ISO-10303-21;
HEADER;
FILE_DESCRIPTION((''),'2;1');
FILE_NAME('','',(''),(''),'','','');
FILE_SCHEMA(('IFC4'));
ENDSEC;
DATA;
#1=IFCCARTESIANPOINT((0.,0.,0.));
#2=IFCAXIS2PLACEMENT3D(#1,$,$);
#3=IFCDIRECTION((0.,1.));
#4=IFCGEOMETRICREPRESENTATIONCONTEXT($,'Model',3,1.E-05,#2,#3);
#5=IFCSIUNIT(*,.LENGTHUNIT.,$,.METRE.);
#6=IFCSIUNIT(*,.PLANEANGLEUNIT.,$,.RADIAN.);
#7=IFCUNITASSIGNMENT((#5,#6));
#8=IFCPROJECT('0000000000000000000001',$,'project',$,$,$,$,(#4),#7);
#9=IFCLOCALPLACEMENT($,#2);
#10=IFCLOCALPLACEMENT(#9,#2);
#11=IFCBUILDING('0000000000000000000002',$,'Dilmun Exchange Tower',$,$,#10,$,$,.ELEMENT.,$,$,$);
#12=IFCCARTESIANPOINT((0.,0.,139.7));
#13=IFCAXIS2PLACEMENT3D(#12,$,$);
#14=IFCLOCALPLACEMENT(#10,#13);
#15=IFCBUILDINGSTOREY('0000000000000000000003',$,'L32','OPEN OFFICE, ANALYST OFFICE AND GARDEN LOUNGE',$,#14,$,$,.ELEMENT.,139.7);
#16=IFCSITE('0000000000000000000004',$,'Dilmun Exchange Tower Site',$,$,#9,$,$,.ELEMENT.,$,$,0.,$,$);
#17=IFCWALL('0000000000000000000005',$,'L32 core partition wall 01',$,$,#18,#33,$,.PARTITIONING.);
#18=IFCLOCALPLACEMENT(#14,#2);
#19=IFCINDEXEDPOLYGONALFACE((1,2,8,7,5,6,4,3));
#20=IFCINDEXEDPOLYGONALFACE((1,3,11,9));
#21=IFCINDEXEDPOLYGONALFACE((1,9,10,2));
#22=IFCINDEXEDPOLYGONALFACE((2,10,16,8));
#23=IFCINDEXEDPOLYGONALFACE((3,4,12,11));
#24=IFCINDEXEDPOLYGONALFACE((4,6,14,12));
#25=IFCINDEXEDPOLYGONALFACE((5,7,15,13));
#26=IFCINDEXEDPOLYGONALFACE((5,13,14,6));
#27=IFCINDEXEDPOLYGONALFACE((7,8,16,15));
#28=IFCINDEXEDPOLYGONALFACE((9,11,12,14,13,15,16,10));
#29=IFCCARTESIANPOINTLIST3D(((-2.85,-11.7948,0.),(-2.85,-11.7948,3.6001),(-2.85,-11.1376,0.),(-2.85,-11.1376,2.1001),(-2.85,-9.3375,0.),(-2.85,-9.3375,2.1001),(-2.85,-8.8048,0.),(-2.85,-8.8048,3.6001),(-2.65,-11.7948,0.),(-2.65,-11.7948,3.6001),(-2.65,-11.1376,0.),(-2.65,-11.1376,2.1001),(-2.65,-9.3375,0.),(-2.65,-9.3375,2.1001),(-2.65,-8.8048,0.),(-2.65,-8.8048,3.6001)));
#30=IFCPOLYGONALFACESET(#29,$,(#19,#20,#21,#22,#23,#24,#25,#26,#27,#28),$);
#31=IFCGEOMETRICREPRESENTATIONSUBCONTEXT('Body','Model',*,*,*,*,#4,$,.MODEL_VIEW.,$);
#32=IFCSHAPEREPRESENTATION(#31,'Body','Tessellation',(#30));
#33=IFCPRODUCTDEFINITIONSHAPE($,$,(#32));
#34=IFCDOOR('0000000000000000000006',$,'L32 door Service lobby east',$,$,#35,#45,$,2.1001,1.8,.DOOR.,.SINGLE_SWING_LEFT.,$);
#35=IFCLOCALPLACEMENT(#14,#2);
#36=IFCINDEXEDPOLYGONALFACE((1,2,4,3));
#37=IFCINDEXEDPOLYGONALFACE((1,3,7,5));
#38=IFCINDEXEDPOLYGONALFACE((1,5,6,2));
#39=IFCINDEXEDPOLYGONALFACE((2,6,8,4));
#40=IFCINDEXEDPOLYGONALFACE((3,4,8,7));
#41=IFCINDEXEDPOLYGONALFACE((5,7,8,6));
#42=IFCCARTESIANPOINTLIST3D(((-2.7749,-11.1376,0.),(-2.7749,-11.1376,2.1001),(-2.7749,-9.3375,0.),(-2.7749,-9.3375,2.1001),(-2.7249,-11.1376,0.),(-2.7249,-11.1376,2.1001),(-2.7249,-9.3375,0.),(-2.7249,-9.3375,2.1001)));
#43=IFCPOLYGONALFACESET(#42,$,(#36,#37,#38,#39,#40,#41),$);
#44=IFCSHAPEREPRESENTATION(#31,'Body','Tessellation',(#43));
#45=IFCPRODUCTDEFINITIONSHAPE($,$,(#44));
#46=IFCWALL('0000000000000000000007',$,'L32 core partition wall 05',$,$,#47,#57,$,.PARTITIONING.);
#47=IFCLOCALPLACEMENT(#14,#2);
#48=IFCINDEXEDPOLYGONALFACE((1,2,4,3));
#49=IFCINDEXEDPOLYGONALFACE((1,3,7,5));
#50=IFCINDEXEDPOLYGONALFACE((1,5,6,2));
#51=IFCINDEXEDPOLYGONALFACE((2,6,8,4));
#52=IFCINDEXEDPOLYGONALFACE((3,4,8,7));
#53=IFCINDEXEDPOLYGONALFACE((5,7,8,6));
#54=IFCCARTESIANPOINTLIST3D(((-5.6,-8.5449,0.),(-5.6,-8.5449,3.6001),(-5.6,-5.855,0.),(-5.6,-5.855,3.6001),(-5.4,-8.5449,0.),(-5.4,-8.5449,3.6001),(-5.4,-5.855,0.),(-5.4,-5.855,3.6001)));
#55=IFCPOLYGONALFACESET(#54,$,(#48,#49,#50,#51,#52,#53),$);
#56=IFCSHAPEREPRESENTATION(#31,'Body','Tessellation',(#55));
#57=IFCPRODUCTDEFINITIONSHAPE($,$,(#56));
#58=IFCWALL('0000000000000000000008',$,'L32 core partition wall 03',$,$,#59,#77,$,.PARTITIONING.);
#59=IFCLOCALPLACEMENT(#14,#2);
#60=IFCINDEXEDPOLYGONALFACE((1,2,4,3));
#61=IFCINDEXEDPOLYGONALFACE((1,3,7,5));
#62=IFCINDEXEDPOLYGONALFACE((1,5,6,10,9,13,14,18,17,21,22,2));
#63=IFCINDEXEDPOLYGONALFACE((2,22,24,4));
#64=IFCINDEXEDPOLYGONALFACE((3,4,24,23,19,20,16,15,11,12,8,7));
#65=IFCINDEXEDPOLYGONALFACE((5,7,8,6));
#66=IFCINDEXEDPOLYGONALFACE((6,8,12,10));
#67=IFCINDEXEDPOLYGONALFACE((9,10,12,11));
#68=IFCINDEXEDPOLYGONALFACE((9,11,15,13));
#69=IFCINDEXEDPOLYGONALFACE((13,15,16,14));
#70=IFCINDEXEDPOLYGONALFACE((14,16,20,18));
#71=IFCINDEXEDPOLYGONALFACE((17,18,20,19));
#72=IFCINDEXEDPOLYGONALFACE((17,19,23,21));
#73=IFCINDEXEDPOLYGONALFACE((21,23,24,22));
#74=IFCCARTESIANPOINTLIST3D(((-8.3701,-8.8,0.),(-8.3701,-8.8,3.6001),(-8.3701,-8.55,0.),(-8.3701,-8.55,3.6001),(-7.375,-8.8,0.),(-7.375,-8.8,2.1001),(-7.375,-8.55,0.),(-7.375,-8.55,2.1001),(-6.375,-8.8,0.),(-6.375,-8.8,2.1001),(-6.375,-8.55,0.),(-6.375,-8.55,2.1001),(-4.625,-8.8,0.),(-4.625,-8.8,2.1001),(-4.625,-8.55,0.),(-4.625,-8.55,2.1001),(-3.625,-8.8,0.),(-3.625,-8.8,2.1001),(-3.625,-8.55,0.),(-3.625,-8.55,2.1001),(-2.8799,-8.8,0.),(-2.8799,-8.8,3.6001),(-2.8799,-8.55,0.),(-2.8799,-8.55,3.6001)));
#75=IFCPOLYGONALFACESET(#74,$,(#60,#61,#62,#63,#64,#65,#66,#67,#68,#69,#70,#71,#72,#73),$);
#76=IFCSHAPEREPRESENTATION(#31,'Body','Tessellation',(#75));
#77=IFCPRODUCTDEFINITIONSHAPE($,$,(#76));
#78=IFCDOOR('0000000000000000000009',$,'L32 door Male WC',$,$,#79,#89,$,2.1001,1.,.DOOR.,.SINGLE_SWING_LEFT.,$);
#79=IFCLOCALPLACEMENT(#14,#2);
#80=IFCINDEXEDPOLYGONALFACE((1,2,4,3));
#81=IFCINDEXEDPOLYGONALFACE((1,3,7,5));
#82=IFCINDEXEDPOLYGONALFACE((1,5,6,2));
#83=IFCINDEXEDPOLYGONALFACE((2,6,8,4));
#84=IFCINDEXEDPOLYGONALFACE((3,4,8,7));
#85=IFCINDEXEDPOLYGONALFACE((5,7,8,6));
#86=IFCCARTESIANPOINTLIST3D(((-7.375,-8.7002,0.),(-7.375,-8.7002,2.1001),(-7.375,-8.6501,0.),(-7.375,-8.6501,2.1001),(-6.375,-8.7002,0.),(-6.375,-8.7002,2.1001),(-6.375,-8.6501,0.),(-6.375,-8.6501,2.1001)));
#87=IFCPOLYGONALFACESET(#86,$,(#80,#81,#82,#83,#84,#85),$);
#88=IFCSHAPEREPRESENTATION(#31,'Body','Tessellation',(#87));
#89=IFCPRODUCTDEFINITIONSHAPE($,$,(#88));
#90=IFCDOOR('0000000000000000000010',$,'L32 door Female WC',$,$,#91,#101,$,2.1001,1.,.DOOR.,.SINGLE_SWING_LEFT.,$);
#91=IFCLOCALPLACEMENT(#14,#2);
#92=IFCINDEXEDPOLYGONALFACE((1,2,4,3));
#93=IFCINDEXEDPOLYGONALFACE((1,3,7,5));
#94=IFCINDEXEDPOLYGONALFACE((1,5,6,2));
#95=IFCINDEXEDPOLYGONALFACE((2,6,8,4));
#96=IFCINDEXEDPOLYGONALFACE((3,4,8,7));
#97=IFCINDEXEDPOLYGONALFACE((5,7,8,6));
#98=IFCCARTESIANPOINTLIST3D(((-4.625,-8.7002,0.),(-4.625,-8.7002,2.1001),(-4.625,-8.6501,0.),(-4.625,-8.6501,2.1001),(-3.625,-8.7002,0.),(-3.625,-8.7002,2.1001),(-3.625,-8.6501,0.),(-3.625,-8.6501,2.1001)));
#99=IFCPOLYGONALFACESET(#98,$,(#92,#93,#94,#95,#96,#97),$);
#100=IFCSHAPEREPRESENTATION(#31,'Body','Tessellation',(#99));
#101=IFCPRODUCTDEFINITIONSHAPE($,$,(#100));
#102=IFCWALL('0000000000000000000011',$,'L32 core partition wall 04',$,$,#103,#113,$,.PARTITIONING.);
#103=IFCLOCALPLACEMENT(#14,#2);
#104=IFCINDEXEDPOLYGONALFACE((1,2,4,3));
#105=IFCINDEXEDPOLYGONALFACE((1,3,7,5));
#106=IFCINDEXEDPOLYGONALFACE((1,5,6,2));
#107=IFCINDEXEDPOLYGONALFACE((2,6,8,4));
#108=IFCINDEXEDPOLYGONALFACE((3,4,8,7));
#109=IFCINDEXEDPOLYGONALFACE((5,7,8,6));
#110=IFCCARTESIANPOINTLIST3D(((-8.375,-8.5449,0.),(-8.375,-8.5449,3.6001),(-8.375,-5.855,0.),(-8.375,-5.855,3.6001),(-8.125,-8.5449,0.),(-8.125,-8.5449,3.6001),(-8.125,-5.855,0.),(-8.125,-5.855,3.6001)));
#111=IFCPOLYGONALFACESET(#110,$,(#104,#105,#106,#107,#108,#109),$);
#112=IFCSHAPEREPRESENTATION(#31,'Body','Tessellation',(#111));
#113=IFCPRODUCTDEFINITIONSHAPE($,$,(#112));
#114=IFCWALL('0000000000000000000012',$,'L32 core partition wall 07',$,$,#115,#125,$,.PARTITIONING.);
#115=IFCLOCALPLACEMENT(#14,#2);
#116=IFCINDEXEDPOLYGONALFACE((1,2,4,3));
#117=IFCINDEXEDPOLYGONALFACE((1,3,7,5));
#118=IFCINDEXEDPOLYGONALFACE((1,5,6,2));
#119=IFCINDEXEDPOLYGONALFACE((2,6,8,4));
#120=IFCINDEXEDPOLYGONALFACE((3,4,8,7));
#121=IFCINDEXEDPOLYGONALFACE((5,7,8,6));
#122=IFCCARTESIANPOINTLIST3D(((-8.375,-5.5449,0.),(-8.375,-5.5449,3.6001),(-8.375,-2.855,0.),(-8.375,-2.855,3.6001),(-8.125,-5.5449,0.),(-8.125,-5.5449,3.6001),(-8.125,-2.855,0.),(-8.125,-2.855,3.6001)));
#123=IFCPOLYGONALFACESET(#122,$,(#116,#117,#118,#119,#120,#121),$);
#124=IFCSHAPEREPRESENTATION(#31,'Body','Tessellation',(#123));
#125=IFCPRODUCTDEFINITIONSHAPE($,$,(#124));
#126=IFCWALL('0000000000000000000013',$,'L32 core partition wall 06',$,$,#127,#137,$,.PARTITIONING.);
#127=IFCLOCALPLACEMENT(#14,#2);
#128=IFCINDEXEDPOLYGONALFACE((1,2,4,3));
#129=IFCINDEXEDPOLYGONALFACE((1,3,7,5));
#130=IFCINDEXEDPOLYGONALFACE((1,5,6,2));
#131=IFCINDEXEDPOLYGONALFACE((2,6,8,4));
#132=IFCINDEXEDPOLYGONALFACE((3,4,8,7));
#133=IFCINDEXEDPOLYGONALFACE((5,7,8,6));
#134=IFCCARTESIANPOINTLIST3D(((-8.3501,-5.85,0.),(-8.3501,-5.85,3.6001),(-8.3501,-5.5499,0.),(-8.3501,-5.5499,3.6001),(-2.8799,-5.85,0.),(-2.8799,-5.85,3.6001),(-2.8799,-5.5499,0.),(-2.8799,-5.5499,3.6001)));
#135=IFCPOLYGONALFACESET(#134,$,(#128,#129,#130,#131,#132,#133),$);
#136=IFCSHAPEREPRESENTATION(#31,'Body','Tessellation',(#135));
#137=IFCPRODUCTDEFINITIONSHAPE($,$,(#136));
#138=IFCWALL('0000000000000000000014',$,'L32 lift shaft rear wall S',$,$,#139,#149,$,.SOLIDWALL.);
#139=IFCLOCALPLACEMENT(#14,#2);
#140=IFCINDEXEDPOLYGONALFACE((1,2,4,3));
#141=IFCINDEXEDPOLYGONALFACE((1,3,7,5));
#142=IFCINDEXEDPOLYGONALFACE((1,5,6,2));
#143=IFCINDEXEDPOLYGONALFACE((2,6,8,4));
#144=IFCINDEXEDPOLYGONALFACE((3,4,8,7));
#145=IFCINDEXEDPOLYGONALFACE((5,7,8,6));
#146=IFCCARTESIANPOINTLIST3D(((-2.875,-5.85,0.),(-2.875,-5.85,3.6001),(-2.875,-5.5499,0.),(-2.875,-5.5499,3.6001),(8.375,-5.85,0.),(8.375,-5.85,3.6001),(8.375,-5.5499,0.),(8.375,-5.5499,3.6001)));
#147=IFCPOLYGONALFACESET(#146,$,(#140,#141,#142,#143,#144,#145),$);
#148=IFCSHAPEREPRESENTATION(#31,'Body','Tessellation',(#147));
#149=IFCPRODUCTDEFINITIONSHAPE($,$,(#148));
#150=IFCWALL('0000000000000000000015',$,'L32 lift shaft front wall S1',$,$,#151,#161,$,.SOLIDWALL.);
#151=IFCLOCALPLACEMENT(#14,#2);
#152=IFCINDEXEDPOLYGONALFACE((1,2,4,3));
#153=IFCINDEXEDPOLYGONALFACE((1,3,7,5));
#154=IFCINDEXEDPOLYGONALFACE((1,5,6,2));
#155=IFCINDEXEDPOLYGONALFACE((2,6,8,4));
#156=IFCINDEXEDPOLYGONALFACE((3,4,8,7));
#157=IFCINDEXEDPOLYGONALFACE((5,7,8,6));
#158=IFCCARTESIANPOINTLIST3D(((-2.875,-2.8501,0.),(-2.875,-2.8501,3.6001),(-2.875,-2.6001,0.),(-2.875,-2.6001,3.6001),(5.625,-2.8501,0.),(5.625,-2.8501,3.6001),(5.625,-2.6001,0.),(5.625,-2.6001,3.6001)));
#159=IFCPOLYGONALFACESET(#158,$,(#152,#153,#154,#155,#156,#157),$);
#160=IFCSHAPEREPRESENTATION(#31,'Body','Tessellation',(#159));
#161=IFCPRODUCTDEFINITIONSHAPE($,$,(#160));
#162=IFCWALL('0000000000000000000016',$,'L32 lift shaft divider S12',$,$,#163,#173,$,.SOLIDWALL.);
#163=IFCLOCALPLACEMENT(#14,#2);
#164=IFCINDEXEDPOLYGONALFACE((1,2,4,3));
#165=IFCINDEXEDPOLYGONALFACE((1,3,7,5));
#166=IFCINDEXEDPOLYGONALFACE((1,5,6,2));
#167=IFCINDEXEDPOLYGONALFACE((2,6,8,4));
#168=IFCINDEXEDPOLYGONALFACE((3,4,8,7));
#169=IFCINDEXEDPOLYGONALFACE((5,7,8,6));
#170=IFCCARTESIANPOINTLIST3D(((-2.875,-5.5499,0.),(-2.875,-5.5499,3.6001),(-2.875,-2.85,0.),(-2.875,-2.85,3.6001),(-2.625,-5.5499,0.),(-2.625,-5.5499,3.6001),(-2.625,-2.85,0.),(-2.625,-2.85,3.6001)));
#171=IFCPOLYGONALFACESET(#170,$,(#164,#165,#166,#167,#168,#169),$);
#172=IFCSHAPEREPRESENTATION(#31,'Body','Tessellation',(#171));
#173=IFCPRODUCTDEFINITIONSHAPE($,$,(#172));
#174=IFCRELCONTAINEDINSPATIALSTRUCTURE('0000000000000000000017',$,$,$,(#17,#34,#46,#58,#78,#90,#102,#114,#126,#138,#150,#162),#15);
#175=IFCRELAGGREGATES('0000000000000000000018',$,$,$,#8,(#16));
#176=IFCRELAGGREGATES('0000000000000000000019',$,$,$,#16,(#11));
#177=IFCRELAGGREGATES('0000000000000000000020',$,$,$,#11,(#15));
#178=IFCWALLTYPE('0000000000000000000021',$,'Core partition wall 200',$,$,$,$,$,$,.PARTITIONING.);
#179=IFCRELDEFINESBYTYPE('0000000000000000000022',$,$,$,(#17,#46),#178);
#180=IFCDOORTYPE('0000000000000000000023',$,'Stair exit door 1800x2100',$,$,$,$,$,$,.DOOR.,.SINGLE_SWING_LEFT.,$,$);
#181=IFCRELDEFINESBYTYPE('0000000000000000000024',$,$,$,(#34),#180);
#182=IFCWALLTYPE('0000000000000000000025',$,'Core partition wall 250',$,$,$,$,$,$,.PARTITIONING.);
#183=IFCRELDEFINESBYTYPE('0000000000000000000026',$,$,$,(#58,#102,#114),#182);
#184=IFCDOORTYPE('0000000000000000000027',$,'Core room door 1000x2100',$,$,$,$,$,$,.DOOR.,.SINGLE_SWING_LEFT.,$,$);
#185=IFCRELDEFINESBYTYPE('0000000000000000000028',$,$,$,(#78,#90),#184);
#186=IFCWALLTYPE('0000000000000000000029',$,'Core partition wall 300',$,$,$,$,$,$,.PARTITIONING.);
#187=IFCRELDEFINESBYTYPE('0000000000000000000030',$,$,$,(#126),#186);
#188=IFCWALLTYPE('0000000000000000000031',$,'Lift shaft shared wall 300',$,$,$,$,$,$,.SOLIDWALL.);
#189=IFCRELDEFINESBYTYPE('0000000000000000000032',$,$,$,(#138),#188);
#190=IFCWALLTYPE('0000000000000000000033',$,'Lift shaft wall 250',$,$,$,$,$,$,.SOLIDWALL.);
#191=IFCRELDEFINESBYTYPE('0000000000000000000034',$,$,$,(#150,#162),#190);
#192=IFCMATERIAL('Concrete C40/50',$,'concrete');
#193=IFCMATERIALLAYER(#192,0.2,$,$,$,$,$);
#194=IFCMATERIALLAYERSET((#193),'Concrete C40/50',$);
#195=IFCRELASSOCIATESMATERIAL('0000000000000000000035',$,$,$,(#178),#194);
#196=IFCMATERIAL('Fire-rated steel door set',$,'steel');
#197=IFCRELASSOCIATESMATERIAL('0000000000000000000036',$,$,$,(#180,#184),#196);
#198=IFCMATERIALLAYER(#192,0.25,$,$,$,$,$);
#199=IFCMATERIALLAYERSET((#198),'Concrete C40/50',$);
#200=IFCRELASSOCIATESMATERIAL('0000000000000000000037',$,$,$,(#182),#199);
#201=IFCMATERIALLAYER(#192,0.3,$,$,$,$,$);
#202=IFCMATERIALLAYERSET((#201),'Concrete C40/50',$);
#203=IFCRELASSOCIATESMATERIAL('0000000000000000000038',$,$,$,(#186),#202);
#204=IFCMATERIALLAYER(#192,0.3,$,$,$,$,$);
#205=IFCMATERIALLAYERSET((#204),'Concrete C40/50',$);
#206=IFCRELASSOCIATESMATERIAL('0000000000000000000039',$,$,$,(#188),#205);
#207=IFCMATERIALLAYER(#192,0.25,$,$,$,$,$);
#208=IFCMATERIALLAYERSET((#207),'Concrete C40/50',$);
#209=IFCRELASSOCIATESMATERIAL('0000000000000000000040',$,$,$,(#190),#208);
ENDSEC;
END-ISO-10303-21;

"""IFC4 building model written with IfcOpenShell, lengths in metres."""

from ifc_helpers import new_model, si_unit, direction, frame, frame_2d, origin, place, context, subcontext, project, spatial, rectangle, extrude, material, layer, layer_set, type_object, element, fill, save


model = new_model("IFC4")

# Units and contexts
model_context = context("Model", 3, precision=1e-05, world=origin(), true_north=direction((0.0, 1.0)))
body_context = subcontext(model_context, "Body", "Model", "MODEL_VIEW")
ifc_project = project(units=[si_unit("LENGTHUNIT", "METRE"), si_unit("PLANEANGLEUNIT", "RADIAN")], contexts=[model_context])

# Site, building, storey
site_placement = place(None, origin())
site = spatial("IfcSite", under=ifc_project, at=site_placement, Name="Dilmun Exchange Tower Site", CompositionType="ELEMENT", RefElevation=0.0)
building_placement = place(site_placement, origin())
building = spatial("IfcBuilding", under=site, at=building_placement, Name="Dilmun Exchange Tower", CompositionType="ELEMENT")
storey_placement = place(building_placement, frame((0.0, 0.0, 139.7)))
storey = spatial("IfcBuildingStorey", under=building, at=storey_placement, Name="L32", Description="OPEN OFFICE, ANALYST OFFICE AND GARDEN LOUNGE", CompositionType="ELEMENT", Elevation=139.7)

# Wall, opening, door
ifc_material_1 = material(Name="Concrete C40/50", Category="concrete")
ifc_layer_1 = layer(ifc_material_1, 0.2)
ifc_layer_set_1 = layer_set([ifc_layer_1], Name="Concrete C40/50")
wall_type_1 = type_object("IfcWallType", Name="Core partition wall 200", PredefinedType="PARTITIONING", material=ifc_layer_set_1)
wall_1_placement = place(storey_placement, frame((-2.75, -11.7949, 0.0), z_axis=(0.0, 0.0, 1.0), x_axis=(0.0, 1.0, 0.0)))
wall_1 = element("IfcWall", 1, at=wall_1_placement, inside=storey, type_object=wall_type_1, Name="L32 core partition wall 01", PredefinedType="PARTITIONING", context=body_context, shape_type="SweptSolid", body=[
    extrude(rectangle(XDim=2.99, YDim=0.2, at=frame_2d((1.4951, 0.0))), origin(), (0.0, 0.0, 1.0), 3.6001),
])
opening_1_placement = place(wall_1_placement, frame((0.6575, 0.0, 0.0)))
opening_1 = element("IfcOpeningElement", 2, at=opening_1_placement, cuts=wall_1, PredefinedType="OPENING", context=body_context, shape_type="SweptSolid", body=[
    extrude(rectangle(XDim=1.8, YDim=2.1001, at=frame_2d((0.8999, 1.05))), frame((0.0, 0.1099, 0.0), z_axis=(0.0, -1.0, 0.0), x_axis=(1.0, 0.0, 0.0)), (0.0, 0.0, 1.0), 0.22),
])
ifc_material_2 = material(Name="Fire-rated steel door set", Category="steel")
door_type_1 = type_object("IfcDoorType", Name="Stair exit door 1800x2100", OperationType="SINGLE_SWING_LEFT", PredefinedType="DOOR", material=ifc_material_2)
door_1_placement = place(opening_1_placement, origin())
door_1 = element("IfcDoor", 3, at=door_1_placement, inside=storey, type_object=door_type_1, Name="L32 door Service lobby east", OperationType="SINGLE_SWING_LEFT", OverallHeight=2.1001, OverallWidth=1.8, PredefinedType="DOOR", context=body_context, shape_type="SweptSolid", body=[
    extrude(rectangle(XDim=1.8, YDim=2.1001, at=frame_2d((0.8999, 1.05))), frame((0.0, 0.0249, 0.0), z_axis=(0.0, -1.0, 0.0), x_axis=(1.0, 0.0, 0.0)), (0.0, 0.0, 1.0), 0.05),
])
fill(opening_1, door_1)

# Wall
wall_2_placement = place(storey_placement, frame((-5.5, -8.5449, 0.0), z_axis=(0.0, 0.0, 1.0), x_axis=(0.0, 1.0, 0.0)))
element("IfcWall", 4, at=wall_2_placement, inside=storey, type_object=wall_type_1, Name="L32 core partition wall 05", PredefinedType="PARTITIONING", context=body_context, shape_type="SweptSolid", body=[
    extrude(rectangle(XDim=2.6899, YDim=0.2, at=frame_2d((1.345, 0.0))), origin(), (0.0, 0.0, 1.0), 3.6001),
])

# Wall, openings, doors
ifc_layer_2 = layer(ifc_material_1, 0.25)
ifc_layer_set_2 = layer_set([ifc_layer_2], Name="Concrete C40/50")
wall_type_2 = type_object("IfcWallType", Name="Core partition wall 250", PredefinedType="PARTITIONING", material=ifc_layer_set_2)
wall_3_placement = place(storey_placement, frame((-8.3701, -8.675, 0.0), z_axis=(0.0, 0.0, 1.0), x_axis=(1.0, 0.0, 0.0)))
wall_3 = element("IfcWall", 5, at=wall_3_placement, inside=storey, type_object=wall_type_2, Name="L32 core partition wall 03", PredefinedType="PARTITIONING", context=body_context, shape_type="SweptSolid", body=[
    extrude(rectangle(XDim=5.4902, YDim=0.25, at=frame_2d((2.7451, 0.0))), origin(), (0.0, 0.0, 1.0), 3.6001),
])
opening_2_placement = place(wall_3_placement, frame((0.9951, 0.0, 0.0)))
opening_2 = element("IfcOpeningElement", 6, at=opening_2_placement, cuts=wall_3, PredefinedType="OPENING", context=body_context, shape_type="SweptSolid", body=[
    extrude(rectangle(XDim=1.0, YDim=2.1001, at=frame_2d((0.5, 1.05))), frame((0.0, 0.135, 0.0), z_axis=(0.0, -1.0, 0.0), x_axis=(1.0, 0.0, 0.0)), (0.0, 0.0, 1.0), 0.27),
])
opening_3_placement = place(wall_3_placement, frame((3.7451, 0.0, 0.0)))
opening_3 = element("IfcOpeningElement", 7, at=opening_3_placement, cuts=wall_3, PredefinedType="OPENING", context=body_context, shape_type="SweptSolid", body=[
    extrude(rectangle(XDim=1.0, YDim=2.1001, at=frame_2d((0.5, 1.05))), frame((0.0, 0.135, 0.0), z_axis=(0.0, -1.0, 0.0), x_axis=(1.0, 0.0, 0.0)), (0.0, 0.0, 1.0), 0.27),
])
door_type_2 = type_object("IfcDoorType", Name="Core room door 1000x2100", OperationType="SINGLE_SWING_LEFT", PredefinedType="DOOR", material=ifc_material_2)
door_2_placement = place(opening_2_placement, origin())
door_2 = element("IfcDoor", 8, at=door_2_placement, inside=storey, type_object=door_type_2, Name="L32 door Male WC", OperationType="SINGLE_SWING_LEFT", OverallHeight=2.1001, OverallWidth=1.0, PredefinedType="DOOR", context=body_context, shape_type="SweptSolid", body=[
    extrude(rectangle(XDim=1.0, YDim=2.1001, at=frame_2d((0.5, 1.05))), frame((0.0, 0.0249, 0.0), z_axis=(0.0, -1.0, 0.0), x_axis=(1.0, 0.0, 0.0)), (0.0, 0.0, 1.0), 0.05),
])
fill(opening_2, door_2)
door_3_placement = place(opening_3_placement, origin())
door_3 = element("IfcDoor", 9, at=door_3_placement, inside=storey, type_object=door_type_2, Name="L32 door Female WC", OperationType="SINGLE_SWING_LEFT", OverallHeight=2.1001, OverallWidth=1.0, PredefinedType="DOOR", context=body_context, shape_type="SweptSolid", body=[
    extrude(rectangle(XDim=1.0, YDim=2.1001, at=frame_2d((0.5, 1.05))), frame((0.0, 0.0249, 0.0), z_axis=(0.0, -1.0, 0.0), x_axis=(1.0, 0.0, 0.0)), (0.0, 0.0, 1.0), 0.05),
])
fill(opening_3, door_3)

# Walls
for number, where, z_axis, x_axis, name in (
    (10, (-8.25, -8.5449, 0.0), (0.0, 0.0, 1.0), (0.0, 1.0, 0.0), "L32 core partition wall 04"),
    (11, (-8.25, -5.5449, 0.0), (0.0, 0.0, 1.0), (0.0, 1.0, 0.0), "L32 core partition wall 07"),
):
    element("IfcWall", number, at=place(storey_placement, frame(where, z_axis=z_axis, x_axis=x_axis)), inside=storey, type_object=wall_type_2, Name=name, PredefinedType="PARTITIONING", context=body_context, shape_type="SweptSolid", body=[
        extrude(rectangle(XDim=2.6899, YDim=0.25, at=frame_2d((1.345, 0.0))), origin(), (0.0, 0.0, 1.0), 3.6001),
    ])
ifc_layer_3 = layer(ifc_material_1, 0.3)
ifc_layer_set_3 = layer_set([ifc_layer_3], Name="Concrete C40/50")
wall_type_3 = type_object("IfcWallType", Name="Core partition wall 300", PredefinedType="PARTITIONING", material=ifc_layer_set_3)
wall_4_placement = place(storey_placement, frame((-8.3501, -5.7, 0.0), z_axis=(0.0, 0.0, 1.0), x_axis=(1.0, 0.0, 0.0)))
element("IfcWall", 12, at=wall_4_placement, inside=storey, type_object=wall_type_3, Name="L32 core partition wall 06", PredefinedType="PARTITIONING", context=body_context, shape_type="SweptSolid", body=[
    extrude(rectangle(XDim=5.4702, YDim=0.3, at=frame_2d((2.7351, 0.0))), origin(), (0.0, 0.0, 1.0), 3.6001),
])
ifc_layer_4 = layer(ifc_material_1, 0.3)
ifc_layer_set_4 = layer_set([ifc_layer_4], Name="Concrete C40/50")
wall_type_4 = type_object("IfcWallType", Name="Lift shaft shared wall 300", PredefinedType="SOLIDWALL", material=ifc_layer_set_4)
wall_5_placement = place(storey_placement, frame((-2.875, -5.7, 0.0), z_axis=(0.0, 0.0, 1.0), x_axis=(1.0, 0.0, 0.0)))
element("IfcWall", 13, at=wall_5_placement, inside=storey, type_object=wall_type_4, Name="L32 lift shaft rear wall S", PredefinedType="SOLIDWALL", context=body_context, shape_type="SweptSolid", body=[
    extrude(rectangle(XDim=11.25, YDim=0.3, at=frame_2d((5.625, 0.0))), origin(), (0.0, 0.0, 1.0), 3.6001),
])
ifc_layer_5 = layer(ifc_material_1, 0.25)
ifc_layer_set_5 = layer_set([ifc_layer_5], Name="Concrete C40/50")
wall_type_5 = type_object("IfcWallType", Name="Lift shaft wall 250", PredefinedType="SOLIDWALL", material=ifc_layer_set_5)
wall_6_placement = place(storey_placement, frame((-2.875, -2.7251, 0.0), z_axis=(0.0, 0.0, 1.0), x_axis=(1.0, 0.0, 0.0)))
element("IfcWall", 14, at=wall_6_placement, inside=storey, type_object=wall_type_5, Name="L32 lift shaft front wall S1", PredefinedType="SOLIDWALL", context=body_context, shape_type="SweptSolid", body=[
    extrude(rectangle(XDim=8.5, YDim=0.25, at=frame_2d((4.25, 0.0))), origin(), (0.0, 0.0, 1.0), 3.6001),
])
for number, where, z_axis, x_axis, name in (
    (15, (-2.75, -5.55, 0.0), (0.0, 0.0, 1.0), (0.0, 1.0, 0.0), "L32 lift shaft divider S12"),
):
    element("IfcWall", number, at=place(storey_placement, frame(where, z_axis=z_axis, x_axis=x_axis)), inside=storey, type_object=wall_type_5, Name=name, PredefinedType="SOLIDWALL", context=body_context, shape_type="SweptSolid", body=[
        extrude(rectangle(XDim=2.7, YDim=0.25, at=frame_2d((1.3501, 0.0))), origin(), (0.0, 0.0, 1.0), 3.6001),
    ])

save(model, "model.ifc")
